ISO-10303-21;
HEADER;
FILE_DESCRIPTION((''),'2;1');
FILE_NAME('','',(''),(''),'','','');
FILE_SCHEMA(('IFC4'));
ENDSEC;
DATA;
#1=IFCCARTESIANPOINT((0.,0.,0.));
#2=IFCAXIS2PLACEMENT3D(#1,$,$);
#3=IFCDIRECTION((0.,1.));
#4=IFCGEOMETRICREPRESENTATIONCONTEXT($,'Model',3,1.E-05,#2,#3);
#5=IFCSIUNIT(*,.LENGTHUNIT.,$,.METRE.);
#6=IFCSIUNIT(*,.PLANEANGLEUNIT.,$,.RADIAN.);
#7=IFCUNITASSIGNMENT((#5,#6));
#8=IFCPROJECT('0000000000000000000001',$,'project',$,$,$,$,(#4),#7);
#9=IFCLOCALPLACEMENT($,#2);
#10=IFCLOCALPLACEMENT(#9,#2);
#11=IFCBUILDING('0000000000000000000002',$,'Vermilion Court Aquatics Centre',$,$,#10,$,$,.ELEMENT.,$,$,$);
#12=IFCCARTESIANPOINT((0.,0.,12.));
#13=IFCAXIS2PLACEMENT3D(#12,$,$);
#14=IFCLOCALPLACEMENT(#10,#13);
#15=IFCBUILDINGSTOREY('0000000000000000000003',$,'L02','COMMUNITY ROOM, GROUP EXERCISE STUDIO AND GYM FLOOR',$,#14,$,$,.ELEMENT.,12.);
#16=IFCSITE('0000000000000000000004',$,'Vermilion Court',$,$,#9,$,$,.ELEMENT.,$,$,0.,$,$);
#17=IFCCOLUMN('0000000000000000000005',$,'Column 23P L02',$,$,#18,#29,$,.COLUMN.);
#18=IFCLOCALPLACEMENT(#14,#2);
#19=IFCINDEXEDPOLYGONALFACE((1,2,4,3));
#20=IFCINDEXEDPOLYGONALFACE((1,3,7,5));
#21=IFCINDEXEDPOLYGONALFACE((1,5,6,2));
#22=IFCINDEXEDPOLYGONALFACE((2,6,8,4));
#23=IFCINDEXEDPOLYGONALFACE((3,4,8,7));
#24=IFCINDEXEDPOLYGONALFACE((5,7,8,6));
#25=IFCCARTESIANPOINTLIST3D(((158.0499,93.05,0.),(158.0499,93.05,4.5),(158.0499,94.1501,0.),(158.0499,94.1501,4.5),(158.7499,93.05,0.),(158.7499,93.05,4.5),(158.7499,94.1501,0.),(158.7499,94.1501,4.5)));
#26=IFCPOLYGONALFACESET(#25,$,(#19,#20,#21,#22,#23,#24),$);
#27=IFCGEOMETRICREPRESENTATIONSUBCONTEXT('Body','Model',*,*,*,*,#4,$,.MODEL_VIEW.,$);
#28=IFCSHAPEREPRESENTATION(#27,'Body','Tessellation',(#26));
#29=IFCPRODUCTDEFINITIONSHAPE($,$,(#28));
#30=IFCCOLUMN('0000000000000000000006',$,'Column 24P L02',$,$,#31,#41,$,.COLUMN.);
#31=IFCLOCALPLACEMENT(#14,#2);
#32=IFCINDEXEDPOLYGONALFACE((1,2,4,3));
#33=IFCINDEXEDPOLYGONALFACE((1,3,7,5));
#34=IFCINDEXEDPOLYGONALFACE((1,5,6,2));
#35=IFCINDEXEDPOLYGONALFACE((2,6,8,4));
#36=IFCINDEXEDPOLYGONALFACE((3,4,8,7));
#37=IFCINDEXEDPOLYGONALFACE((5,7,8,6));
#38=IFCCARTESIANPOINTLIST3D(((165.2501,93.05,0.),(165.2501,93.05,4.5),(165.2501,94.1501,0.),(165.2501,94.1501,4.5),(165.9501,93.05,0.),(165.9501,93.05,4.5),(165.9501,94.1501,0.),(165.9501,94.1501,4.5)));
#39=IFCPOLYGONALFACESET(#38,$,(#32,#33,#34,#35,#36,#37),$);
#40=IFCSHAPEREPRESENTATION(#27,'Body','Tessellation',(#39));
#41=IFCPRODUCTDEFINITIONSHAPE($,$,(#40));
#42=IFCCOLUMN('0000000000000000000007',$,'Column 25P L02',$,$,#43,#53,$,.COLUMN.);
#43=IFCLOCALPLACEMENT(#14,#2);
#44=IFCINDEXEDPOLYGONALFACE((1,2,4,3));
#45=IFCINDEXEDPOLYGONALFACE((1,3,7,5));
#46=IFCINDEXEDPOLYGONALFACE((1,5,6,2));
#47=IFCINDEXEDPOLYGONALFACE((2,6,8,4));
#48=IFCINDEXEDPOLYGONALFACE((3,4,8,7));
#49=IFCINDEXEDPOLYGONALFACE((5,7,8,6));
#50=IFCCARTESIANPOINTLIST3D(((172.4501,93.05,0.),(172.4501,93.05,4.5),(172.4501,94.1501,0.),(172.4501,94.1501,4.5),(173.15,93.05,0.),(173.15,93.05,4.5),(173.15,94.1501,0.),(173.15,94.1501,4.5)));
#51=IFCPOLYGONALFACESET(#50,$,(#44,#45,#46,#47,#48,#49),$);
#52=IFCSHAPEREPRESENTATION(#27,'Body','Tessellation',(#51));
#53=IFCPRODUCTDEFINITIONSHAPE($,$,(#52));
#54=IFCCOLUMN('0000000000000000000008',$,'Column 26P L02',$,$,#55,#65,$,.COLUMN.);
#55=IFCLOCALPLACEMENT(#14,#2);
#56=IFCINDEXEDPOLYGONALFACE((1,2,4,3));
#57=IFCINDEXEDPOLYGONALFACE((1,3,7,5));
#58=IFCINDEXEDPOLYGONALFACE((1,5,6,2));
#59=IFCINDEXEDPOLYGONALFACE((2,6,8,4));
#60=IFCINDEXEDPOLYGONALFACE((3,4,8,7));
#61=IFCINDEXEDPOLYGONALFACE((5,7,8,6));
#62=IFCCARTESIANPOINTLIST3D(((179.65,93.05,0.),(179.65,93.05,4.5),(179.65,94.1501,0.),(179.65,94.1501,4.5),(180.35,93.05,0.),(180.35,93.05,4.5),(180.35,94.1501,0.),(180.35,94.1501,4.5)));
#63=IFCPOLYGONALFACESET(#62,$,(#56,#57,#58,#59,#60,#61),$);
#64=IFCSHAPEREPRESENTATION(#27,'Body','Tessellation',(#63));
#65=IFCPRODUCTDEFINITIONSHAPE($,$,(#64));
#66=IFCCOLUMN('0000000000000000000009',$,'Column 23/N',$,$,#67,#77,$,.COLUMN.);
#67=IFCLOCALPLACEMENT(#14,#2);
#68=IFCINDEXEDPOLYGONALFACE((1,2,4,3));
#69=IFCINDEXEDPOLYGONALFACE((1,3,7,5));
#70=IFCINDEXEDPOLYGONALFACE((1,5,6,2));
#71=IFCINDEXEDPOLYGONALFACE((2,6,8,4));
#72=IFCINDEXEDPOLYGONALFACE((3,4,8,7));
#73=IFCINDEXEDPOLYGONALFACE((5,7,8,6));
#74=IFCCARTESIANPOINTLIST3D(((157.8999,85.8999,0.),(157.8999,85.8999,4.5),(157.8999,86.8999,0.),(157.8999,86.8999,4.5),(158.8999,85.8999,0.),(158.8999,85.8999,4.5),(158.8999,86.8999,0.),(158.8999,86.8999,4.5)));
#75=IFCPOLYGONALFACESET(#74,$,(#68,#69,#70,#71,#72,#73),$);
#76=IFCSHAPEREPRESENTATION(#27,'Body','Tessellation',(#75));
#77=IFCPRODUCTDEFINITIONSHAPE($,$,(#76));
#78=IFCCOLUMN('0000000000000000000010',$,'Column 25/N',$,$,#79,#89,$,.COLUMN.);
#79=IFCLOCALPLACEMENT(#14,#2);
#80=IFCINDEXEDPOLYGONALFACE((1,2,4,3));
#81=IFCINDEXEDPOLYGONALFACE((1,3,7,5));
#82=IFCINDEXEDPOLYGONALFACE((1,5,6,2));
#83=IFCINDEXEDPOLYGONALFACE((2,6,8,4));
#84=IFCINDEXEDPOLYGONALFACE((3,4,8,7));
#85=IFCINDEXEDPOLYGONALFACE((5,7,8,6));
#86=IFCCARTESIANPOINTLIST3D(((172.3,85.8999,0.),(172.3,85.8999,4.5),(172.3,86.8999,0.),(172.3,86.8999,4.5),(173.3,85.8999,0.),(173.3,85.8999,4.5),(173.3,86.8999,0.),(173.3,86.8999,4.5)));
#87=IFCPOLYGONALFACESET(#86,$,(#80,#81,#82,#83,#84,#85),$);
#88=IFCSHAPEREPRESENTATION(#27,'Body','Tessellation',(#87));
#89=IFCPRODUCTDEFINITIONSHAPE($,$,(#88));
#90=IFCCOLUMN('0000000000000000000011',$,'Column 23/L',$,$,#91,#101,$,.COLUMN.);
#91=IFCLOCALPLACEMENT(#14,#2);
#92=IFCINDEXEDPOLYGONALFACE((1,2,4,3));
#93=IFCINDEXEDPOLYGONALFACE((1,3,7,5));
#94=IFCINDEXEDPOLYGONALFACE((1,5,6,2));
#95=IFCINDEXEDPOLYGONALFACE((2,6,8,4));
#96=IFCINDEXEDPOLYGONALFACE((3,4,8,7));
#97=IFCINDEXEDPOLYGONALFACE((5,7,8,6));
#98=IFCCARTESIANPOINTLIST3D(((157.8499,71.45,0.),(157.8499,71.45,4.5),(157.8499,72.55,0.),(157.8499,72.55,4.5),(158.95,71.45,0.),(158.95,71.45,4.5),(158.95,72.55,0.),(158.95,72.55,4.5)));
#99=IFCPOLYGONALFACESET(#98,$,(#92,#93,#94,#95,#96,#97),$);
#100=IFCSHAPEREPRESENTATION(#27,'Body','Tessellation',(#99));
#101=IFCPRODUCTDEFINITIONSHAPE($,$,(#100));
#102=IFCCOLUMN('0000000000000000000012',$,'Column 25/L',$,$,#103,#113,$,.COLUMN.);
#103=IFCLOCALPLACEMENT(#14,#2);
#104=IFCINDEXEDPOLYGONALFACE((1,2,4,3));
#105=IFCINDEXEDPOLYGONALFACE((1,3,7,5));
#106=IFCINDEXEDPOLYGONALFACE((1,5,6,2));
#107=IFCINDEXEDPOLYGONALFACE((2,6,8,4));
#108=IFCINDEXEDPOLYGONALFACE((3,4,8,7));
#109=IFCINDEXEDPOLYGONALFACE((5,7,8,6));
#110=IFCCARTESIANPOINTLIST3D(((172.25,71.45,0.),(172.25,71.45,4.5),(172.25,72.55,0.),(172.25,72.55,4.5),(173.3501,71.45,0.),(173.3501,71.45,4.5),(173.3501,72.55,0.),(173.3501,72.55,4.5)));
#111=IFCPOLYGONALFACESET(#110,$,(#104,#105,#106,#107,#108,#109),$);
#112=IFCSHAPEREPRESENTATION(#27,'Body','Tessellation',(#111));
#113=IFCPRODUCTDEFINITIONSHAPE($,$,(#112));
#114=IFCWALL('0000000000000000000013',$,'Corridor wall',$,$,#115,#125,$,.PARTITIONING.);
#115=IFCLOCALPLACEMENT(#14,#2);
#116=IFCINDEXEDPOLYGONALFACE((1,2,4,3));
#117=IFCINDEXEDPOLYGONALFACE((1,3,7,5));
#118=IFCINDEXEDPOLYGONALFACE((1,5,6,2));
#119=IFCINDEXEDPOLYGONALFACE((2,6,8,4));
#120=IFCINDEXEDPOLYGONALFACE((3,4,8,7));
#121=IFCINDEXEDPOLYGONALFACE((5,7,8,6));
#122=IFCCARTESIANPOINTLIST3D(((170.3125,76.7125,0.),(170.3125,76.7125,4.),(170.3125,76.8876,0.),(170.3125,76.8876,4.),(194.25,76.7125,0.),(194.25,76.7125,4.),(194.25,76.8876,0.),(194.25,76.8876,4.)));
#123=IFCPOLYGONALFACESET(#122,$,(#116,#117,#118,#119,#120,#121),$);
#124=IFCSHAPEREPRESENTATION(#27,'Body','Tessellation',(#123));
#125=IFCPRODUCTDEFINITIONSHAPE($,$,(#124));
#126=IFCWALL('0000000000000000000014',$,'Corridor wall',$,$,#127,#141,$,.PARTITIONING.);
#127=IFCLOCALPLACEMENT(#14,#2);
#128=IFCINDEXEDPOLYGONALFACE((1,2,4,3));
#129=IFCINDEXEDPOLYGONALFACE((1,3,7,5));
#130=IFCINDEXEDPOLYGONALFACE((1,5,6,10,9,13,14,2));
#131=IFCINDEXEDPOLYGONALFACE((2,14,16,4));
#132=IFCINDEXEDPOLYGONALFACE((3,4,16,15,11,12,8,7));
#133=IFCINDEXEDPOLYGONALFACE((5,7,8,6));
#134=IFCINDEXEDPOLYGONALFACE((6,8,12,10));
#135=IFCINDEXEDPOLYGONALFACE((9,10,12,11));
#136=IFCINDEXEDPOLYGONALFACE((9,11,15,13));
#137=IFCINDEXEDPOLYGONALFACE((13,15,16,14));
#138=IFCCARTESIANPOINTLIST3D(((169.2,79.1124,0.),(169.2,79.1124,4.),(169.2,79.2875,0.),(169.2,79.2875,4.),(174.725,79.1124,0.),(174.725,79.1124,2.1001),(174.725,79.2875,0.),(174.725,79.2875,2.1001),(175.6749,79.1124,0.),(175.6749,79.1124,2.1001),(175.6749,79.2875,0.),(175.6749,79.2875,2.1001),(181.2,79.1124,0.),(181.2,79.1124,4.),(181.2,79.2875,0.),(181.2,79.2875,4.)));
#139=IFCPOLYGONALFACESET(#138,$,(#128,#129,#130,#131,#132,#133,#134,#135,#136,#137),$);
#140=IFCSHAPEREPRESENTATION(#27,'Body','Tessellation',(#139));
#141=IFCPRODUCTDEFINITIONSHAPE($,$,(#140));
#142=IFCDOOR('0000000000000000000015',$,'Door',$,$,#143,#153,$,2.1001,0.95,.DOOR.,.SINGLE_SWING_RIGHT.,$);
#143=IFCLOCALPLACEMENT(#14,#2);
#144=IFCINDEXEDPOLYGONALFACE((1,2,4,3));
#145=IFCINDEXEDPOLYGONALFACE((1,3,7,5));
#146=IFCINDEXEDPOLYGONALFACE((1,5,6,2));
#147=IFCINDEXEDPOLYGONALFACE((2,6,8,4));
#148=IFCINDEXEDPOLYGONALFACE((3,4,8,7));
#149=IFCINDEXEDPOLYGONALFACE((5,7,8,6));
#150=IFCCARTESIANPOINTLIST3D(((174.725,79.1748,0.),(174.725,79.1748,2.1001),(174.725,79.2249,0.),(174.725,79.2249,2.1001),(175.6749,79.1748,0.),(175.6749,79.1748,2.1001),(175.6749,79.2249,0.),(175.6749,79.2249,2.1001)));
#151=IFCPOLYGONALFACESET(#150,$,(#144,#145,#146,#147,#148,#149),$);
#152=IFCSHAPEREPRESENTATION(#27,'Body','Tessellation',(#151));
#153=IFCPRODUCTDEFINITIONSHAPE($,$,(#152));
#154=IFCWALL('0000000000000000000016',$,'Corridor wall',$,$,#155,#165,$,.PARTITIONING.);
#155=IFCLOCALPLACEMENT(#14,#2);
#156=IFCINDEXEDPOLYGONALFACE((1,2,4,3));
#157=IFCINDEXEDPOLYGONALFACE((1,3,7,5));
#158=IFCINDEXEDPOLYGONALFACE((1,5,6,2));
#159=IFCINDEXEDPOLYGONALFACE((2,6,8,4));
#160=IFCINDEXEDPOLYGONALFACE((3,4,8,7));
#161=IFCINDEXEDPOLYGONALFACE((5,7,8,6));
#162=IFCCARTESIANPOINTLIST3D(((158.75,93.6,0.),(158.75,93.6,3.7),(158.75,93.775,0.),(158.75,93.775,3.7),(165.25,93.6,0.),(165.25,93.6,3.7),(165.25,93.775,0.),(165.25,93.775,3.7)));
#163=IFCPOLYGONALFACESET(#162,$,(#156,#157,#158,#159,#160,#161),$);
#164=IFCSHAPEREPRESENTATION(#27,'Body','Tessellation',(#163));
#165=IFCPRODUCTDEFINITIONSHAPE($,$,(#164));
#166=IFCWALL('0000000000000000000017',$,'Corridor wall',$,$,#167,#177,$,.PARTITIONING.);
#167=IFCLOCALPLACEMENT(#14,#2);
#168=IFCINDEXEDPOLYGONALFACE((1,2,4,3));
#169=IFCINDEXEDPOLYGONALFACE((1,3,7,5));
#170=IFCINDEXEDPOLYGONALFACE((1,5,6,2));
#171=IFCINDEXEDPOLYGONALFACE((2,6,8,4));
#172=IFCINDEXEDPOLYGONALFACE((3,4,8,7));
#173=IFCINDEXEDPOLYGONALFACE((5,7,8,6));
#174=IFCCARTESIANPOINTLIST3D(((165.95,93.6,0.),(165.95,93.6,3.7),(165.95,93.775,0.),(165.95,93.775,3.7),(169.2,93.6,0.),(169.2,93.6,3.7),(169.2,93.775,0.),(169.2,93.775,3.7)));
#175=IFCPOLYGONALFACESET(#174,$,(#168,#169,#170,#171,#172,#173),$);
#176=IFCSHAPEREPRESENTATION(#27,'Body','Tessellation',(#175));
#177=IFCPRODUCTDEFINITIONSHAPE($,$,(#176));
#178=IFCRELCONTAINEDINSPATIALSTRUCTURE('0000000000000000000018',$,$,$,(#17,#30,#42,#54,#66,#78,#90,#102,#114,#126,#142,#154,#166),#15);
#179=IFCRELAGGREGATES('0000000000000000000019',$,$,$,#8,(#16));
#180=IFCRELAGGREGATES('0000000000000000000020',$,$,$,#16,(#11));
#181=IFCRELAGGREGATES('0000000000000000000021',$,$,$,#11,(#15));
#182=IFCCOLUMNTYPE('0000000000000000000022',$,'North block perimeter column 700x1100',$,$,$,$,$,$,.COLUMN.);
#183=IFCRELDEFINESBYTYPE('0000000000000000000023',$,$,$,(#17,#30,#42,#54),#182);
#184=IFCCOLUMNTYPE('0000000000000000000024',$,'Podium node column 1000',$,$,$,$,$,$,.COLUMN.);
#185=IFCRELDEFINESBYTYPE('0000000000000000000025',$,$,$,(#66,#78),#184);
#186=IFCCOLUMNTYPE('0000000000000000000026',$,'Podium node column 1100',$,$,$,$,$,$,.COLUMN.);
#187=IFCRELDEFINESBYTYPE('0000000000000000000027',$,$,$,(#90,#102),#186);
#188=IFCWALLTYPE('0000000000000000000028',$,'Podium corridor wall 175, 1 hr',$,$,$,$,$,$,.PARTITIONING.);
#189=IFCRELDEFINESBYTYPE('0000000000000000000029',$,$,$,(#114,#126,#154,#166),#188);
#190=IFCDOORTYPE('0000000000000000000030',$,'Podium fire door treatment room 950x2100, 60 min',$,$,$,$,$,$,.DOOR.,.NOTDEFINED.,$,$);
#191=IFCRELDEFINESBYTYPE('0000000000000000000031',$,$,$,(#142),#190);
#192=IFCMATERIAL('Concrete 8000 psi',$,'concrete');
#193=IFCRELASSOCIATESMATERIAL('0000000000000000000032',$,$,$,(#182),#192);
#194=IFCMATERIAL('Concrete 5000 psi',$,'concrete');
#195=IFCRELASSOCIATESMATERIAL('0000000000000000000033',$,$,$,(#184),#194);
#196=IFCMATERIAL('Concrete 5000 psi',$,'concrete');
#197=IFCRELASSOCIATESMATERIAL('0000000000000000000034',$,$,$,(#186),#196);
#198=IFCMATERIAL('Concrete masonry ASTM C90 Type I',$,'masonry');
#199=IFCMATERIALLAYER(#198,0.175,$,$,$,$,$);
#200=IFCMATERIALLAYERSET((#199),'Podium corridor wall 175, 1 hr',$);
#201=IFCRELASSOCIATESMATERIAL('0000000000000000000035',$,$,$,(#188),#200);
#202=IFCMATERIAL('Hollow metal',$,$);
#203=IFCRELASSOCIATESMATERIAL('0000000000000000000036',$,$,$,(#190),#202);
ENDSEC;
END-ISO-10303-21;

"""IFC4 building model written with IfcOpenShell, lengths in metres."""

from ifc_helpers import new_model, si_unit, direction, frame, frame_2d, origin, origin_2d, place, context, subcontext, project, spatial, rectangle, extrude, material, layer, layer_set, material_profile, profile_set, type_object, element, fill, save


model = new_model("IFC4")

# Units and contexts
model_context = context("Model", 3, precision=1e-05, world=origin(), true_north=direction((0.0, 1.0)))
body_context = subcontext(model_context, "Body", "Model", "MODEL_VIEW")
ifc_project = project(units=[si_unit("LENGTHUNIT", "METRE"), si_unit("PLANEANGLEUNIT", "RADIAN")], contexts=[model_context])

# Site, building, storey
site_placement = place(None, origin())
site = spatial("IfcSite", under=ifc_project, at=site_placement, Name="Vermilion Court", CompositionType="ELEMENT", RefElevation=0.0)
building_placement = place(site_placement, origin())
building = spatial("IfcBuilding", under=site, at=building_placement, Name="Vermilion Court Aquatics Centre", CompositionType="ELEMENT")
storey_placement = place(building_placement, frame((0.0, 0.0, 12.0)))
storey = spatial("IfcBuildingStorey", under=building, at=storey_placement, Name="L02", Description="COMMUNITY ROOM, GROUP EXERCISE STUDIO AND GYM FLOOR", CompositionType="ELEMENT", Elevation=12.0)

# Columns
ifc_material_1 = material(Name="Concrete 8000 psi", Category="concrete")
ifc_material_profile_1 = material_profile(ifc_material_1, rectangle(XDim=0.7, YDim=1.1001, at=origin_2d()), Name="RC 700x1100")
ifc_profile_set_1 = profile_set([ifc_material_profile_1], Name="Concrete 8000 psi")
column_type_1 = type_object("IfcColumnType", Name="North block perimeter column 700x1100", PredefinedType="COLUMN", material=ifc_profile_set_1)
for number, where, z_axis, x_axis, name in (
    (1, (158.3999, 93.6001, 0.0), (0.0, 0.0, 1.0), (1.0, 0.0, 0.0), "Column 23P L02"),
    (2, (165.6001, 93.6001, 0.0), (0.0, 0.0, 1.0), (1.0, 0.0, 0.0), "Column 24P L02"),
    (3, (172.8, 93.6001, 0.0), (0.0, 0.0, 1.0), (1.0, 0.0, 0.0), "Column 25P L02"),
    (4, (180.0, 93.6001, 0.0), (0.0, 0.0, 1.0), (1.0, 0.0, 0.0), "Column 26P L02"),
):
    element("IfcColumn", number, at=place(storey_placement, frame(where, z_axis=z_axis, x_axis=x_axis)), inside=storey, type_object=column_type_1, Name=name, PredefinedType="COLUMN", context=body_context, shape_type="SweptSolid", body=[
        extrude(rectangle(XDim=0.7, YDim=1.1001, at=origin_2d()), origin(), (0.0, 0.0, 1.0), 4.5),
    ])
ifc_material_2 = material(Name="Concrete 5000 psi", Category="concrete")
ifc_material_profile_2 = material_profile(ifc_material_2, rectangle(XDim=1.0, YDim=1.0, at=origin_2d()), Name="RC 1000x1000")
ifc_profile_set_2 = profile_set([ifc_material_profile_2], Name="Concrete 5000 psi")
column_type_2 = type_object("IfcColumnType", Name="Podium node column 1000", PredefinedType="COLUMN", material=ifc_profile_set_2)
for number, where, z_axis, x_axis, name in (
    (5, (158.3999, 86.3999, 0.0), (0.0, 0.0, 1.0), (1.0, 0.0, 0.0), "Column 23/N"),
    (6, (172.8, 86.3999, 0.0), (0.0, 0.0, 1.0), (1.0, 0.0, 0.0), "Column 25/N"),
):
    element("IfcColumn", number, at=place(storey_placement, frame(where, z_axis=z_axis, x_axis=x_axis)), inside=storey, type_object=column_type_2, Name=name, PredefinedType="COLUMN", context=body_context, shape_type="SweptSolid", body=[
        extrude(rectangle(XDim=1.0, YDim=1.0, at=origin_2d()), origin(), (0.0, 0.0, 1.0), 4.5),
    ])
ifc_material_3 = material(Name="Concrete 5000 psi", Category="concrete")
ifc_material_profile_3 = material_profile(ifc_material_3, rectangle(XDim=1.1001, YDim=1.1001, at=origin_2d()), Name="RC 1100x1100")
ifc_profile_set_3 = profile_set([ifc_material_profile_3], Name="Concrete 5000 psi")
column_type_3 = type_object("IfcColumnType", Name="Podium node column 1100", PredefinedType="COLUMN", material=ifc_profile_set_3)
for number, where, z_axis, x_axis, name in (
    (7, (158.3999, 72.0, 0.0), (0.0, 0.0, 1.0), (1.0, 0.0, 0.0), "Column 23/L"),
    (8, (172.8, 72.0, 0.0), (0.0, 0.0, 1.0), (1.0, 0.0, 0.0), "Column 25/L"),
):
    element("IfcColumn", number, at=place(storey_placement, frame(where, z_axis=z_axis, x_axis=x_axis)), inside=storey, type_object=column_type_3, Name=name, PredefinedType="COLUMN", context=body_context, shape_type="SweptSolid", body=[
        extrude(rectangle(XDim=1.1001, YDim=1.1001, at=origin_2d()), origin(), (0.0, 0.0, 1.0), 4.5),
    ])

# Wall
ifc_material_4 = material(Name="Concrete masonry ASTM C90 Type I", Category="masonry")
ifc_layer_1 = layer(ifc_material_4, 0.175)
ifc_layer_set_1 = layer_set([ifc_layer_1], Name="Podium corridor wall 175, 1 hr")
wall_type_1 = type_object("IfcWallType", Name="Podium corridor wall 175, 1 hr", PredefinedType="PARTITIONING", material=ifc_layer_set_1)
wall_1_placement = place(storey_placement, frame((170.3125, 76.8, 0.0), z_axis=(0.0, 0.0, 1.0), x_axis=(1.0, 0.0, 0.0)))
element("IfcWall", 9, at=wall_1_placement, inside=storey, type_object=wall_type_1, Name="Corridor wall", PredefinedType="PARTITIONING", context=body_context, shape_type="SweptSolid", body=[
    extrude(rectangle(XDim=23.9375, YDim=0.175, at=frame_2d((11.9688, 0.0))), origin(), (0.0, 0.0, 1.0), 4.0),
])

# Wall, opening, door
wall_2_placement = place(storey_placement, frame((169.2, 79.2, 0.0), z_axis=(0.0, 0.0, 1.0), x_axis=(1.0, 0.0, 0.0)))
wall_2 = element("IfcWall", 10, at=wall_2_placement, inside=storey, type_object=wall_type_1, Name="Corridor wall", PredefinedType="PARTITIONING", context=body_context, shape_type="SweptSolid", body=[
    extrude(rectangle(XDim=12.0, YDim=0.175, at=frame_2d((6.0, 0.0))), origin(), (0.0, 0.0, 1.0), 4.0),
])
opening_1_placement = place(wall_2_placement, frame((5.5249, 0.0, 0.0)))
opening_1 = element("IfcOpeningElement", 11, at=opening_1_placement, cuts=wall_2, PredefinedType="OPENING", context=body_context, shape_type="SweptSolid", body=[
    extrude(rectangle(XDim=0.95, YDim=2.1001, at=frame_2d((0.4751, 1.05))), frame((0.0, 0.0974, 0.0), z_axis=(0.0, -1.0, 0.0), x_axis=(1.0, 0.0, 0.0)), (0.0, 0.0, 1.0), 0.1951),
])
ifc_material_5 = material(Name="Hollow metal")
door_type_1 = type_object("IfcDoorType", Name="Podium fire door treatment room 950x2100, 60 min", OperationType="NOTDEFINED", PredefinedType="DOOR", material=ifc_material_5)
door_1_placement = place(opening_1_placement, origin())
door_1 = element("IfcDoor", 12, at=door_1_placement, inside=storey, type_object=door_type_1, Name="Door", OperationType="SINGLE_SWING_RIGHT", OverallHeight=2.1001, OverallWidth=0.95, PredefinedType="DOOR", context=body_context, shape_type="SweptSolid", body=[
    extrude(rectangle(XDim=0.95, YDim=2.1001, at=frame_2d((0.4751, 1.05))), frame((0.0, 0.0249, 0.0), z_axis=(0.0, -1.0, 0.0), x_axis=(1.0, 0.0, 0.0)), (0.0, 0.0, 1.0), 0.05),
])
fill(opening_1, door_1)

# Walls
wall_3_placement = place(storey_placement, frame((158.75, 93.6875, 0.0), z_axis=(0.0, 0.0, 1.0), x_axis=(1.0, 0.0, 0.0)))
element("IfcWall", 13, at=wall_3_placement, inside=storey, type_object=wall_type_1, Name="Corridor wall", PredefinedType="PARTITIONING", context=body_context, shape_type="SweptSolid", body=[
    extrude(rectangle(XDim=6.5, YDim=0.175, at=frame_2d((3.25, 0.0))), origin(), (0.0, 0.0, 1.0), 3.7),
])
wall_4_placement = place(storey_placement, frame((165.95, 93.6875, 0.0), z_axis=(0.0, 0.0, 1.0), x_axis=(1.0, 0.0, 0.0)))
element("IfcWall", 14, at=wall_4_placement, inside=storey, type_object=wall_type_1, Name="Corridor wall", PredefinedType="PARTITIONING", context=body_context, shape_type="SweptSolid", body=[
    extrude(rectangle(XDim=3.25, YDim=0.175, at=frame_2d((1.625, 0.0))), origin(), (0.0, 0.0, 1.0), 3.7),
])

save(model, "model.ifc")
